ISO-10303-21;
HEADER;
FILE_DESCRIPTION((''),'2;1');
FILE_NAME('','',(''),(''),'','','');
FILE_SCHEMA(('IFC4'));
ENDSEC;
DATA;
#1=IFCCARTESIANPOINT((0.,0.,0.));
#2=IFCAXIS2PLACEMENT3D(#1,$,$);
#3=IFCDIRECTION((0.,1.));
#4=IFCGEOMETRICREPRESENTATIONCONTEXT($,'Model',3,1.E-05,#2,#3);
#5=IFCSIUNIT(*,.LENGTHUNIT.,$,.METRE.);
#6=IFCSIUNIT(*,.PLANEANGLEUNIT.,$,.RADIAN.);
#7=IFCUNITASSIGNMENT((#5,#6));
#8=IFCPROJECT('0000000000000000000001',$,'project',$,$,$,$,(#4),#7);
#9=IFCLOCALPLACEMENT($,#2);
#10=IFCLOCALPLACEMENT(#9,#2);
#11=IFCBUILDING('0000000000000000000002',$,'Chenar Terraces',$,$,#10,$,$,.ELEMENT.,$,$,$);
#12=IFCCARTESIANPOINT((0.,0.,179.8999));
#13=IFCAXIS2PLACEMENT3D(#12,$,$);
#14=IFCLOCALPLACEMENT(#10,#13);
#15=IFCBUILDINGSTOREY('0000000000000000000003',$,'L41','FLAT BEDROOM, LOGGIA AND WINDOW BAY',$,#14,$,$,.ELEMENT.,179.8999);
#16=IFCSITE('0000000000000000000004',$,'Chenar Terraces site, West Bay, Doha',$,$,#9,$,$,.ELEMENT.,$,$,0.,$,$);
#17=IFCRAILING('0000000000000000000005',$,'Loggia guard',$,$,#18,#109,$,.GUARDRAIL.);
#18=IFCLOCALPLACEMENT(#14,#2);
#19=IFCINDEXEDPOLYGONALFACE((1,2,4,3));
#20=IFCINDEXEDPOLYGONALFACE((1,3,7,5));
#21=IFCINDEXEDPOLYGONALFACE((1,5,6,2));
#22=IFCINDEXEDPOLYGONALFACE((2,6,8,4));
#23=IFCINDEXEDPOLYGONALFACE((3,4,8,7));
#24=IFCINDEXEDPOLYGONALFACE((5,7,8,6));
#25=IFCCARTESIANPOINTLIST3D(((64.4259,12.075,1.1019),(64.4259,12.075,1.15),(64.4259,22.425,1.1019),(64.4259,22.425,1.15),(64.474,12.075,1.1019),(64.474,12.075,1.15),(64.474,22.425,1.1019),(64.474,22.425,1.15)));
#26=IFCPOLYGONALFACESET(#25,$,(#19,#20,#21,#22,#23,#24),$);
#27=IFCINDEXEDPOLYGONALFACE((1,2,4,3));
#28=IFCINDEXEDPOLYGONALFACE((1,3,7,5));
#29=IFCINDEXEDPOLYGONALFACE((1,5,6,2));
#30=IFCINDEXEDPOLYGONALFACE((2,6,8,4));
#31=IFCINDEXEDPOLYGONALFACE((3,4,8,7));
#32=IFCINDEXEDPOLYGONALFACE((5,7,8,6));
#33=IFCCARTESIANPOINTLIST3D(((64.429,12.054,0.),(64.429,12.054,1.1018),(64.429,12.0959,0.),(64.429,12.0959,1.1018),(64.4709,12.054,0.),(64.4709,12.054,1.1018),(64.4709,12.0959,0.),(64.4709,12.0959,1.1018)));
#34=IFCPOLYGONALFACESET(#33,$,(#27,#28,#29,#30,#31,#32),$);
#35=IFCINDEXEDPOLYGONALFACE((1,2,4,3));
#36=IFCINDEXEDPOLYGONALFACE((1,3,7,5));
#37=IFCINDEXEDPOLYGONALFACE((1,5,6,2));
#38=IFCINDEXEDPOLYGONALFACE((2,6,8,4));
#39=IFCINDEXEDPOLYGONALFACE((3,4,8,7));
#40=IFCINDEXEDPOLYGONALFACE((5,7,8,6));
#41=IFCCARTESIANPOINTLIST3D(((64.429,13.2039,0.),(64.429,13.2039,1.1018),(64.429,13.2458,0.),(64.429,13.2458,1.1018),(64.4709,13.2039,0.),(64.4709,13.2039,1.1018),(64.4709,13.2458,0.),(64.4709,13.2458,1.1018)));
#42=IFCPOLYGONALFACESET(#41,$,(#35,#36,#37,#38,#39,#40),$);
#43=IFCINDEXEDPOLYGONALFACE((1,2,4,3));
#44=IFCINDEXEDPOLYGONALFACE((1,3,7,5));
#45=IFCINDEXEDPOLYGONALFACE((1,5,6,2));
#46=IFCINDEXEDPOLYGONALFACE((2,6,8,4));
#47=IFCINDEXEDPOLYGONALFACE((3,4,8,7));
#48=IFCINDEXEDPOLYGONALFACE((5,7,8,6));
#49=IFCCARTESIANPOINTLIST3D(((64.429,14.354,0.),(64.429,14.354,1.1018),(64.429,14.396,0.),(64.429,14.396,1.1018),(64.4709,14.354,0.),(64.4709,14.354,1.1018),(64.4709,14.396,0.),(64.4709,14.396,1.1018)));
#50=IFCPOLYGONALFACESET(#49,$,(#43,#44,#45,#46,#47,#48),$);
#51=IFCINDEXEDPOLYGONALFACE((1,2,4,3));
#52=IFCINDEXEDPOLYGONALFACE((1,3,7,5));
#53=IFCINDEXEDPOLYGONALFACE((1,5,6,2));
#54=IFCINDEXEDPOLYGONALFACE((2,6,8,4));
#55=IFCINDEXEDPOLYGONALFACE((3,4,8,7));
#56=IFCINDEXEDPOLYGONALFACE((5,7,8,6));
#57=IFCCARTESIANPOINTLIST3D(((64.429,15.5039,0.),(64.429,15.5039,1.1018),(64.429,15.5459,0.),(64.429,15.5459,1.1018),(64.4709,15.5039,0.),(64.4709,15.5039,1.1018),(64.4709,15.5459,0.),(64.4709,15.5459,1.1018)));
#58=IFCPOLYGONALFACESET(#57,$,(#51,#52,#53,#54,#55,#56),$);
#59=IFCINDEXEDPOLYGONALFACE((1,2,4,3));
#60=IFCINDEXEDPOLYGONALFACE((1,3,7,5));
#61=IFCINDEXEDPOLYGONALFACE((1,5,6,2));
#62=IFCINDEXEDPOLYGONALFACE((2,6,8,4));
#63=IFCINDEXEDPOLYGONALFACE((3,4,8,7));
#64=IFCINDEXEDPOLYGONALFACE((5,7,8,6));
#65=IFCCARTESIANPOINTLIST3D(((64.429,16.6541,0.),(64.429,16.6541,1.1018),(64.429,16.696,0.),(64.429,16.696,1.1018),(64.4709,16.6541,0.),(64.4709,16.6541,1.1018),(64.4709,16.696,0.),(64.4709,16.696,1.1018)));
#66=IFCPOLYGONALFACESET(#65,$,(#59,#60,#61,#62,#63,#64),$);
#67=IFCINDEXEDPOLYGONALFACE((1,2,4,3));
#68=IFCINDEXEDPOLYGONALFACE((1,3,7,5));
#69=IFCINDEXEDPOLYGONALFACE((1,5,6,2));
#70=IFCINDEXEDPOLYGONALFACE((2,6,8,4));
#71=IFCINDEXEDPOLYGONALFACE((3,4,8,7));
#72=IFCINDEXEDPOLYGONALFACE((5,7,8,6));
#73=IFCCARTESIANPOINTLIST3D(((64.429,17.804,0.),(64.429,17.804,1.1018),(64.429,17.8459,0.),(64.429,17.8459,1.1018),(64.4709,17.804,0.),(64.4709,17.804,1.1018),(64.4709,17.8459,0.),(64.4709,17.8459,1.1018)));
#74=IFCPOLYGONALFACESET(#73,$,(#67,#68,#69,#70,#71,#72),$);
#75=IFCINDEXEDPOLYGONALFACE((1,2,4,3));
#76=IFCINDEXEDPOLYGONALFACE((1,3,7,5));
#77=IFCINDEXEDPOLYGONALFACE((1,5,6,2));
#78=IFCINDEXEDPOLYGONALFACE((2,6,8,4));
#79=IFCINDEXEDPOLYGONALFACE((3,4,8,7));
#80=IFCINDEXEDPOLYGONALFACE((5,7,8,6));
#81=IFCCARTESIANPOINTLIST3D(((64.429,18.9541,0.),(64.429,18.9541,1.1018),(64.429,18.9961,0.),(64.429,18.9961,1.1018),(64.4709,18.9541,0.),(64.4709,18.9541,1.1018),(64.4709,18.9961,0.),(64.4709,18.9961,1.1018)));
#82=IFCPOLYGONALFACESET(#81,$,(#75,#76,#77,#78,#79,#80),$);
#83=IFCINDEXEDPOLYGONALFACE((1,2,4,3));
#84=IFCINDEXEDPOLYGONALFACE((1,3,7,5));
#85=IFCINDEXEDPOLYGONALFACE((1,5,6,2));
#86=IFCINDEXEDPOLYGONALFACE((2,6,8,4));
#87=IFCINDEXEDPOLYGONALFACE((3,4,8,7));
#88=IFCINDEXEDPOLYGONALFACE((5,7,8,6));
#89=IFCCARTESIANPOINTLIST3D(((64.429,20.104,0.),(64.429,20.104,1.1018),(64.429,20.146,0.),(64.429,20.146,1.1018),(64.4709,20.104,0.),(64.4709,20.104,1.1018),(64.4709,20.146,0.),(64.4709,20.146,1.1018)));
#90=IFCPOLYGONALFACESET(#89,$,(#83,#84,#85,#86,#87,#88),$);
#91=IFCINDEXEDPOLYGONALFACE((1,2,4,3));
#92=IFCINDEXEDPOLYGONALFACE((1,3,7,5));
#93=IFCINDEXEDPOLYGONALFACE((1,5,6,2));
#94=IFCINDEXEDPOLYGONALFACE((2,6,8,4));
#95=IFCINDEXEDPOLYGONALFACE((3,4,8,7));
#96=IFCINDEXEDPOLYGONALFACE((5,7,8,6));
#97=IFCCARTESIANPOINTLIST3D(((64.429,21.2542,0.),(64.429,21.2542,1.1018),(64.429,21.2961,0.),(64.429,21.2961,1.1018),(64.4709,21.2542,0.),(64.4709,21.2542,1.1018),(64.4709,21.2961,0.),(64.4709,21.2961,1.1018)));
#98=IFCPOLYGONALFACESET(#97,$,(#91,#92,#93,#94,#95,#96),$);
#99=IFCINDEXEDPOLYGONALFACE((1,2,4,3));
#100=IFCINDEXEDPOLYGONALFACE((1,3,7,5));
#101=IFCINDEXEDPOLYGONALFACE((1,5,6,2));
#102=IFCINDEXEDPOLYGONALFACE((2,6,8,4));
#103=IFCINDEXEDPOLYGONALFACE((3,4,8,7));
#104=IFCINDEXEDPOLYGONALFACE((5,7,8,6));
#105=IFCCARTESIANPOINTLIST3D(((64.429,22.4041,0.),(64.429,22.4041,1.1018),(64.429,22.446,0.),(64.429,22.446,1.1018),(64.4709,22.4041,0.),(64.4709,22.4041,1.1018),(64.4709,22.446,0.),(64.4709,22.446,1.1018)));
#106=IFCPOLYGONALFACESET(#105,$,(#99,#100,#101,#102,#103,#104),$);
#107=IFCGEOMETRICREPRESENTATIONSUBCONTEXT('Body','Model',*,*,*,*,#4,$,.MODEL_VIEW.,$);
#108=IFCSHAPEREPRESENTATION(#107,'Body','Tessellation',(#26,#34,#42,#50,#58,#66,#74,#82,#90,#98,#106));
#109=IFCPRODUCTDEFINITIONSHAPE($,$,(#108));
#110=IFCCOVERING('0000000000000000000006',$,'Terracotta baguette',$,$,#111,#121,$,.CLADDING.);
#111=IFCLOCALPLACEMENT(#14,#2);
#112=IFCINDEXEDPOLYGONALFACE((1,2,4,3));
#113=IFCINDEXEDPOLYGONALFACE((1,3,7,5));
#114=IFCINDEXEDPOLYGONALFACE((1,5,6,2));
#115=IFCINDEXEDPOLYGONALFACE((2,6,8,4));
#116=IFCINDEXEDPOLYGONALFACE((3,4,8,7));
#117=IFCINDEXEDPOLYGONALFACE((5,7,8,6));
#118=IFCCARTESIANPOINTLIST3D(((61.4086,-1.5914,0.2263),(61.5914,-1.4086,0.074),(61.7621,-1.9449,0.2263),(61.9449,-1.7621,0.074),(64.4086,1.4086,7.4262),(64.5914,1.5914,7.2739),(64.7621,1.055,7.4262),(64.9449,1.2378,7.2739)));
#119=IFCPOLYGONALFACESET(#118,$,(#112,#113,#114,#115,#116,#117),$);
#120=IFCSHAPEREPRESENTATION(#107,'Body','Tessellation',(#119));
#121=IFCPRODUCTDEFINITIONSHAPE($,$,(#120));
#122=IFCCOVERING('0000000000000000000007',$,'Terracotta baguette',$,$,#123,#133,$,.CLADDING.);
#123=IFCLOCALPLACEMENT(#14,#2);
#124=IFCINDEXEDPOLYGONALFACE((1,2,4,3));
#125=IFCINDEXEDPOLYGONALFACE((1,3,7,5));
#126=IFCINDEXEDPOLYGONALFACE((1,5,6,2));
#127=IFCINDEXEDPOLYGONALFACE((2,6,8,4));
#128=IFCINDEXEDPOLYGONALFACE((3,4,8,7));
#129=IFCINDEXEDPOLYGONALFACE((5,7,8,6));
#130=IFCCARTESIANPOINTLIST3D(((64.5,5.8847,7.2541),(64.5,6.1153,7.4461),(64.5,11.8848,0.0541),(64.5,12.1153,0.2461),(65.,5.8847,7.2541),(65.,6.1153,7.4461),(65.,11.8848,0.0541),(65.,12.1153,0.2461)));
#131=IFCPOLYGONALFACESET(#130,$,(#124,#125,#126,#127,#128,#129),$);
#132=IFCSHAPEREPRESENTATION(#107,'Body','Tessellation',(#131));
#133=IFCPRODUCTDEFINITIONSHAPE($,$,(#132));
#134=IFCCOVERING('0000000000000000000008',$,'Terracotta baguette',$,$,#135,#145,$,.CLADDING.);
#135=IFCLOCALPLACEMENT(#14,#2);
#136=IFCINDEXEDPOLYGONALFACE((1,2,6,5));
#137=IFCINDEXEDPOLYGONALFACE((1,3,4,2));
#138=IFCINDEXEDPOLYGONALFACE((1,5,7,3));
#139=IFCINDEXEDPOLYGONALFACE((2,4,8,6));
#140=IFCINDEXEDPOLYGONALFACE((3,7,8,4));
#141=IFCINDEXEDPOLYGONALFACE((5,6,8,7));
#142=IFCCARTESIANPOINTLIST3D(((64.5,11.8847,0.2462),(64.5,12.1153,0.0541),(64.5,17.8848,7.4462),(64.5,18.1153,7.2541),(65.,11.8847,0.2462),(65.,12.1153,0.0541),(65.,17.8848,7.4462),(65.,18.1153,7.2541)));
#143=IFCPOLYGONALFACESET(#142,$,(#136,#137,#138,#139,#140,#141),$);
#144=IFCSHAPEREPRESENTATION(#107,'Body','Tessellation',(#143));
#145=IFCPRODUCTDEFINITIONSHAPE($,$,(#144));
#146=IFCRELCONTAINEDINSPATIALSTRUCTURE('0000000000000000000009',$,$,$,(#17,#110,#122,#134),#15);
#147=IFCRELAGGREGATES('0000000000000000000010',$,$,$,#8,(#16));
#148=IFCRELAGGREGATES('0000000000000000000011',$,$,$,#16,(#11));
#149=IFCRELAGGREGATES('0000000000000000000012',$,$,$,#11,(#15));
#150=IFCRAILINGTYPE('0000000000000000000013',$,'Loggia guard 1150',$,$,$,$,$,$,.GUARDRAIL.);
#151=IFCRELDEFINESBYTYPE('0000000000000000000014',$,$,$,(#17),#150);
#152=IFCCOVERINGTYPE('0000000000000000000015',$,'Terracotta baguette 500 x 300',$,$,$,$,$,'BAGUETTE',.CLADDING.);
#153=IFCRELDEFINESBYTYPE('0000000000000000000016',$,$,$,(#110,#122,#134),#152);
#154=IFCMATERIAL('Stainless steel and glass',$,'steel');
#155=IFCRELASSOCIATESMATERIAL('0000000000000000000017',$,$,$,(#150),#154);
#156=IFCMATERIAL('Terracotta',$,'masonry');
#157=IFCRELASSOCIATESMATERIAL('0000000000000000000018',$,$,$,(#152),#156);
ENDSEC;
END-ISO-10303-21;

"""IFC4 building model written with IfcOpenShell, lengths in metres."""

from ifc_helpers import new_model, si_unit, direction, frame, origin, origin_2d, place, context, subcontext, project, spatial, rectangle, extrude, material, material_profile, profile_set, type_object, element, save


model = new_model("IFC4")

# Units and contexts
model_context = context("Model", 3, precision=1e-05, world=origin(), true_north=direction((0.0, 1.0)))
body_context = subcontext(model_context, "Body", "Model", "MODEL_VIEW")
ifc_project = project(units=[si_unit("LENGTHUNIT", "METRE"), si_unit("PLANEANGLEUNIT", "RADIAN")], contexts=[model_context])

# Site, building, storey
site_placement = place(None, origin())
site = spatial("IfcSite", under=ifc_project, at=site_placement, Name="Chenar Terraces site, West Bay, Doha", CompositionType="ELEMENT", RefElevation=0.0)
building_placement = place(site_placement, origin())
building = spatial("IfcBuilding", under=site, at=building_placement, Name="Chenar Terraces", CompositionType="ELEMENT")
storey_placement = place(building_placement, frame((0.0, 0.0, 179.8999)))
storey = spatial("IfcBuildingStorey", under=building, at=storey_placement, Name="L41", Description="FLAT BEDROOM, LOGGIA AND WINDOW BAY", CompositionType="ELEMENT", Elevation=179.8999)

# Railing
ifc_material_1 = material(Name="Stainless steel and glass", Category="steel")
railing_type = type_object("IfcRailingType", Name="Loggia guard 1150", PredefinedType="GUARDRAIL", material=ifc_material_1)
railing_placement = place(storey_placement, frame((64.45, 12.075, 0.0)))
element("IfcRailing", 1, at=railing_placement, inside=storey, type_object=railing_type, Name="Loggia guard", PredefinedType="GUARDRAIL", context=body_context, shape_type="SweptSolid", body=[
    extrude(rectangle(XDim=0.0481, YDim=0.0481, at=origin_2d()), frame((0.0, 0.0, 1.126), z_axis=(0.0, 1.0, 0.0), x_axis=(-1.0, 0.0, 0.0)), (0.0, 0.0, 1.0), 10.3501),
    extrude(rectangle(XDim=0.042, YDim=0.042, at=origin_2d()), origin(), (0.0, 0.0, 1.0), 1.1018),
    extrude(rectangle(XDim=0.042, YDim=0.042, at=origin_2d()), frame((0.0, 1.1499, 0.0)), (0.0, 0.0, 1.0), 1.1018),
    extrude(rectangle(XDim=0.042, YDim=0.042, at=origin_2d()), frame((0.0, 2.3, 0.0)), (0.0, 0.0, 1.0), 1.1018),
    extrude(rectangle(XDim=0.042, YDim=0.042, at=origin_2d()), frame((0.0, 3.45, 0.0)), (0.0, 0.0, 1.0), 1.1018),
    extrude(rectangle(XDim=0.042, YDim=0.042, at=origin_2d()), frame((0.0, 4.6001, 0.0)), (0.0, 0.0, 1.0), 1.1018),
    extrude(rectangle(XDim=0.042, YDim=0.042, at=origin_2d()), frame((0.0, 5.75, 0.0)), (0.0, 0.0, 1.0), 1.1018),
    extrude(rectangle(XDim=0.042, YDim=0.042, at=origin_2d()), frame((0.0, 6.9001, 0.0)), (0.0, 0.0, 1.0), 1.1018),
    extrude(rectangle(XDim=0.042, YDim=0.042, at=origin_2d()), frame((0.0, 8.05, 0.0)), (0.0, 0.0, 1.0), 1.1018),
    extrude(rectangle(XDim=0.042, YDim=0.042, at=origin_2d()), frame((0.0, 9.2002, 0.0)), (0.0, 0.0, 1.0), 1.1018),
    extrude(rectangle(XDim=0.042, YDim=0.042, at=origin_2d()), frame((0.0, 10.3501, 0.0)), (0.0, 0.0, 1.0), 1.1018),
])

# Coverings
ifc_material_2 = material(Name="Terracotta", Category="masonry")
ifc_material_profile_1 = material_profile(ifc_material_2, rectangle(XDim=0.5, YDim=0.3, at=origin_2d()), Name="Terracotta baguette 500 x 300")
ifc_profile_set_1 = profile_set([ifc_material_profile_1], Name="Terracotta")
covering_type = type_object("IfcCoveringType", Name="Terracotta baguette 500 x 300", ElementType="BAGUETTE", PredefinedType="CLADDING", material=ifc_profile_set_1)
covering_placement = place(storey_placement, frame((61.6768, -1.6768, 0.1501), z_axis=(0.358981, 0.358981, 0.861548), x_axis=(-0.707107, 0.707107, 0.0)))
element("IfcCovering", 2, at=covering_placement, inside=storey, type_object=covering_type, Name="Terracotta baguette", PredefinedType="CLADDING", context=body_context, shape_type="SweptSolid", body=[
    extrude(rectangle(XDim=0.5, YDim=0.3, at=origin_2d()), origin(), (0.0, 0.0, 1.0), 8.3569),
])
for number, where, z_axis, x_axis, name in (
    (3, (64.75, 6.0, 7.3501), (0.0, 0.640187, -0.768219), (-1.0, 0.0, 0.0), "Terracotta baguette"),
    (4, (64.75, 12.0, 0.1501), (0.0, 0.640187, 0.768219), (-1.0, 0.0, 0.0), "Terracotta baguette"),
):
    element("IfcCovering", number, at=place(storey_placement, frame(where, z_axis=z_axis, x_axis=x_axis)), inside=storey, type_object=covering_type, Name=name, PredefinedType="CLADDING", context=body_context, shape_type="SweptSolid", body=[
        extrude(rectangle(XDim=0.5, YDim=0.3, at=origin_2d()), origin(), (0.0, 0.0, 1.0), 9.3723),
    ])

save(model, "model.ifc")
